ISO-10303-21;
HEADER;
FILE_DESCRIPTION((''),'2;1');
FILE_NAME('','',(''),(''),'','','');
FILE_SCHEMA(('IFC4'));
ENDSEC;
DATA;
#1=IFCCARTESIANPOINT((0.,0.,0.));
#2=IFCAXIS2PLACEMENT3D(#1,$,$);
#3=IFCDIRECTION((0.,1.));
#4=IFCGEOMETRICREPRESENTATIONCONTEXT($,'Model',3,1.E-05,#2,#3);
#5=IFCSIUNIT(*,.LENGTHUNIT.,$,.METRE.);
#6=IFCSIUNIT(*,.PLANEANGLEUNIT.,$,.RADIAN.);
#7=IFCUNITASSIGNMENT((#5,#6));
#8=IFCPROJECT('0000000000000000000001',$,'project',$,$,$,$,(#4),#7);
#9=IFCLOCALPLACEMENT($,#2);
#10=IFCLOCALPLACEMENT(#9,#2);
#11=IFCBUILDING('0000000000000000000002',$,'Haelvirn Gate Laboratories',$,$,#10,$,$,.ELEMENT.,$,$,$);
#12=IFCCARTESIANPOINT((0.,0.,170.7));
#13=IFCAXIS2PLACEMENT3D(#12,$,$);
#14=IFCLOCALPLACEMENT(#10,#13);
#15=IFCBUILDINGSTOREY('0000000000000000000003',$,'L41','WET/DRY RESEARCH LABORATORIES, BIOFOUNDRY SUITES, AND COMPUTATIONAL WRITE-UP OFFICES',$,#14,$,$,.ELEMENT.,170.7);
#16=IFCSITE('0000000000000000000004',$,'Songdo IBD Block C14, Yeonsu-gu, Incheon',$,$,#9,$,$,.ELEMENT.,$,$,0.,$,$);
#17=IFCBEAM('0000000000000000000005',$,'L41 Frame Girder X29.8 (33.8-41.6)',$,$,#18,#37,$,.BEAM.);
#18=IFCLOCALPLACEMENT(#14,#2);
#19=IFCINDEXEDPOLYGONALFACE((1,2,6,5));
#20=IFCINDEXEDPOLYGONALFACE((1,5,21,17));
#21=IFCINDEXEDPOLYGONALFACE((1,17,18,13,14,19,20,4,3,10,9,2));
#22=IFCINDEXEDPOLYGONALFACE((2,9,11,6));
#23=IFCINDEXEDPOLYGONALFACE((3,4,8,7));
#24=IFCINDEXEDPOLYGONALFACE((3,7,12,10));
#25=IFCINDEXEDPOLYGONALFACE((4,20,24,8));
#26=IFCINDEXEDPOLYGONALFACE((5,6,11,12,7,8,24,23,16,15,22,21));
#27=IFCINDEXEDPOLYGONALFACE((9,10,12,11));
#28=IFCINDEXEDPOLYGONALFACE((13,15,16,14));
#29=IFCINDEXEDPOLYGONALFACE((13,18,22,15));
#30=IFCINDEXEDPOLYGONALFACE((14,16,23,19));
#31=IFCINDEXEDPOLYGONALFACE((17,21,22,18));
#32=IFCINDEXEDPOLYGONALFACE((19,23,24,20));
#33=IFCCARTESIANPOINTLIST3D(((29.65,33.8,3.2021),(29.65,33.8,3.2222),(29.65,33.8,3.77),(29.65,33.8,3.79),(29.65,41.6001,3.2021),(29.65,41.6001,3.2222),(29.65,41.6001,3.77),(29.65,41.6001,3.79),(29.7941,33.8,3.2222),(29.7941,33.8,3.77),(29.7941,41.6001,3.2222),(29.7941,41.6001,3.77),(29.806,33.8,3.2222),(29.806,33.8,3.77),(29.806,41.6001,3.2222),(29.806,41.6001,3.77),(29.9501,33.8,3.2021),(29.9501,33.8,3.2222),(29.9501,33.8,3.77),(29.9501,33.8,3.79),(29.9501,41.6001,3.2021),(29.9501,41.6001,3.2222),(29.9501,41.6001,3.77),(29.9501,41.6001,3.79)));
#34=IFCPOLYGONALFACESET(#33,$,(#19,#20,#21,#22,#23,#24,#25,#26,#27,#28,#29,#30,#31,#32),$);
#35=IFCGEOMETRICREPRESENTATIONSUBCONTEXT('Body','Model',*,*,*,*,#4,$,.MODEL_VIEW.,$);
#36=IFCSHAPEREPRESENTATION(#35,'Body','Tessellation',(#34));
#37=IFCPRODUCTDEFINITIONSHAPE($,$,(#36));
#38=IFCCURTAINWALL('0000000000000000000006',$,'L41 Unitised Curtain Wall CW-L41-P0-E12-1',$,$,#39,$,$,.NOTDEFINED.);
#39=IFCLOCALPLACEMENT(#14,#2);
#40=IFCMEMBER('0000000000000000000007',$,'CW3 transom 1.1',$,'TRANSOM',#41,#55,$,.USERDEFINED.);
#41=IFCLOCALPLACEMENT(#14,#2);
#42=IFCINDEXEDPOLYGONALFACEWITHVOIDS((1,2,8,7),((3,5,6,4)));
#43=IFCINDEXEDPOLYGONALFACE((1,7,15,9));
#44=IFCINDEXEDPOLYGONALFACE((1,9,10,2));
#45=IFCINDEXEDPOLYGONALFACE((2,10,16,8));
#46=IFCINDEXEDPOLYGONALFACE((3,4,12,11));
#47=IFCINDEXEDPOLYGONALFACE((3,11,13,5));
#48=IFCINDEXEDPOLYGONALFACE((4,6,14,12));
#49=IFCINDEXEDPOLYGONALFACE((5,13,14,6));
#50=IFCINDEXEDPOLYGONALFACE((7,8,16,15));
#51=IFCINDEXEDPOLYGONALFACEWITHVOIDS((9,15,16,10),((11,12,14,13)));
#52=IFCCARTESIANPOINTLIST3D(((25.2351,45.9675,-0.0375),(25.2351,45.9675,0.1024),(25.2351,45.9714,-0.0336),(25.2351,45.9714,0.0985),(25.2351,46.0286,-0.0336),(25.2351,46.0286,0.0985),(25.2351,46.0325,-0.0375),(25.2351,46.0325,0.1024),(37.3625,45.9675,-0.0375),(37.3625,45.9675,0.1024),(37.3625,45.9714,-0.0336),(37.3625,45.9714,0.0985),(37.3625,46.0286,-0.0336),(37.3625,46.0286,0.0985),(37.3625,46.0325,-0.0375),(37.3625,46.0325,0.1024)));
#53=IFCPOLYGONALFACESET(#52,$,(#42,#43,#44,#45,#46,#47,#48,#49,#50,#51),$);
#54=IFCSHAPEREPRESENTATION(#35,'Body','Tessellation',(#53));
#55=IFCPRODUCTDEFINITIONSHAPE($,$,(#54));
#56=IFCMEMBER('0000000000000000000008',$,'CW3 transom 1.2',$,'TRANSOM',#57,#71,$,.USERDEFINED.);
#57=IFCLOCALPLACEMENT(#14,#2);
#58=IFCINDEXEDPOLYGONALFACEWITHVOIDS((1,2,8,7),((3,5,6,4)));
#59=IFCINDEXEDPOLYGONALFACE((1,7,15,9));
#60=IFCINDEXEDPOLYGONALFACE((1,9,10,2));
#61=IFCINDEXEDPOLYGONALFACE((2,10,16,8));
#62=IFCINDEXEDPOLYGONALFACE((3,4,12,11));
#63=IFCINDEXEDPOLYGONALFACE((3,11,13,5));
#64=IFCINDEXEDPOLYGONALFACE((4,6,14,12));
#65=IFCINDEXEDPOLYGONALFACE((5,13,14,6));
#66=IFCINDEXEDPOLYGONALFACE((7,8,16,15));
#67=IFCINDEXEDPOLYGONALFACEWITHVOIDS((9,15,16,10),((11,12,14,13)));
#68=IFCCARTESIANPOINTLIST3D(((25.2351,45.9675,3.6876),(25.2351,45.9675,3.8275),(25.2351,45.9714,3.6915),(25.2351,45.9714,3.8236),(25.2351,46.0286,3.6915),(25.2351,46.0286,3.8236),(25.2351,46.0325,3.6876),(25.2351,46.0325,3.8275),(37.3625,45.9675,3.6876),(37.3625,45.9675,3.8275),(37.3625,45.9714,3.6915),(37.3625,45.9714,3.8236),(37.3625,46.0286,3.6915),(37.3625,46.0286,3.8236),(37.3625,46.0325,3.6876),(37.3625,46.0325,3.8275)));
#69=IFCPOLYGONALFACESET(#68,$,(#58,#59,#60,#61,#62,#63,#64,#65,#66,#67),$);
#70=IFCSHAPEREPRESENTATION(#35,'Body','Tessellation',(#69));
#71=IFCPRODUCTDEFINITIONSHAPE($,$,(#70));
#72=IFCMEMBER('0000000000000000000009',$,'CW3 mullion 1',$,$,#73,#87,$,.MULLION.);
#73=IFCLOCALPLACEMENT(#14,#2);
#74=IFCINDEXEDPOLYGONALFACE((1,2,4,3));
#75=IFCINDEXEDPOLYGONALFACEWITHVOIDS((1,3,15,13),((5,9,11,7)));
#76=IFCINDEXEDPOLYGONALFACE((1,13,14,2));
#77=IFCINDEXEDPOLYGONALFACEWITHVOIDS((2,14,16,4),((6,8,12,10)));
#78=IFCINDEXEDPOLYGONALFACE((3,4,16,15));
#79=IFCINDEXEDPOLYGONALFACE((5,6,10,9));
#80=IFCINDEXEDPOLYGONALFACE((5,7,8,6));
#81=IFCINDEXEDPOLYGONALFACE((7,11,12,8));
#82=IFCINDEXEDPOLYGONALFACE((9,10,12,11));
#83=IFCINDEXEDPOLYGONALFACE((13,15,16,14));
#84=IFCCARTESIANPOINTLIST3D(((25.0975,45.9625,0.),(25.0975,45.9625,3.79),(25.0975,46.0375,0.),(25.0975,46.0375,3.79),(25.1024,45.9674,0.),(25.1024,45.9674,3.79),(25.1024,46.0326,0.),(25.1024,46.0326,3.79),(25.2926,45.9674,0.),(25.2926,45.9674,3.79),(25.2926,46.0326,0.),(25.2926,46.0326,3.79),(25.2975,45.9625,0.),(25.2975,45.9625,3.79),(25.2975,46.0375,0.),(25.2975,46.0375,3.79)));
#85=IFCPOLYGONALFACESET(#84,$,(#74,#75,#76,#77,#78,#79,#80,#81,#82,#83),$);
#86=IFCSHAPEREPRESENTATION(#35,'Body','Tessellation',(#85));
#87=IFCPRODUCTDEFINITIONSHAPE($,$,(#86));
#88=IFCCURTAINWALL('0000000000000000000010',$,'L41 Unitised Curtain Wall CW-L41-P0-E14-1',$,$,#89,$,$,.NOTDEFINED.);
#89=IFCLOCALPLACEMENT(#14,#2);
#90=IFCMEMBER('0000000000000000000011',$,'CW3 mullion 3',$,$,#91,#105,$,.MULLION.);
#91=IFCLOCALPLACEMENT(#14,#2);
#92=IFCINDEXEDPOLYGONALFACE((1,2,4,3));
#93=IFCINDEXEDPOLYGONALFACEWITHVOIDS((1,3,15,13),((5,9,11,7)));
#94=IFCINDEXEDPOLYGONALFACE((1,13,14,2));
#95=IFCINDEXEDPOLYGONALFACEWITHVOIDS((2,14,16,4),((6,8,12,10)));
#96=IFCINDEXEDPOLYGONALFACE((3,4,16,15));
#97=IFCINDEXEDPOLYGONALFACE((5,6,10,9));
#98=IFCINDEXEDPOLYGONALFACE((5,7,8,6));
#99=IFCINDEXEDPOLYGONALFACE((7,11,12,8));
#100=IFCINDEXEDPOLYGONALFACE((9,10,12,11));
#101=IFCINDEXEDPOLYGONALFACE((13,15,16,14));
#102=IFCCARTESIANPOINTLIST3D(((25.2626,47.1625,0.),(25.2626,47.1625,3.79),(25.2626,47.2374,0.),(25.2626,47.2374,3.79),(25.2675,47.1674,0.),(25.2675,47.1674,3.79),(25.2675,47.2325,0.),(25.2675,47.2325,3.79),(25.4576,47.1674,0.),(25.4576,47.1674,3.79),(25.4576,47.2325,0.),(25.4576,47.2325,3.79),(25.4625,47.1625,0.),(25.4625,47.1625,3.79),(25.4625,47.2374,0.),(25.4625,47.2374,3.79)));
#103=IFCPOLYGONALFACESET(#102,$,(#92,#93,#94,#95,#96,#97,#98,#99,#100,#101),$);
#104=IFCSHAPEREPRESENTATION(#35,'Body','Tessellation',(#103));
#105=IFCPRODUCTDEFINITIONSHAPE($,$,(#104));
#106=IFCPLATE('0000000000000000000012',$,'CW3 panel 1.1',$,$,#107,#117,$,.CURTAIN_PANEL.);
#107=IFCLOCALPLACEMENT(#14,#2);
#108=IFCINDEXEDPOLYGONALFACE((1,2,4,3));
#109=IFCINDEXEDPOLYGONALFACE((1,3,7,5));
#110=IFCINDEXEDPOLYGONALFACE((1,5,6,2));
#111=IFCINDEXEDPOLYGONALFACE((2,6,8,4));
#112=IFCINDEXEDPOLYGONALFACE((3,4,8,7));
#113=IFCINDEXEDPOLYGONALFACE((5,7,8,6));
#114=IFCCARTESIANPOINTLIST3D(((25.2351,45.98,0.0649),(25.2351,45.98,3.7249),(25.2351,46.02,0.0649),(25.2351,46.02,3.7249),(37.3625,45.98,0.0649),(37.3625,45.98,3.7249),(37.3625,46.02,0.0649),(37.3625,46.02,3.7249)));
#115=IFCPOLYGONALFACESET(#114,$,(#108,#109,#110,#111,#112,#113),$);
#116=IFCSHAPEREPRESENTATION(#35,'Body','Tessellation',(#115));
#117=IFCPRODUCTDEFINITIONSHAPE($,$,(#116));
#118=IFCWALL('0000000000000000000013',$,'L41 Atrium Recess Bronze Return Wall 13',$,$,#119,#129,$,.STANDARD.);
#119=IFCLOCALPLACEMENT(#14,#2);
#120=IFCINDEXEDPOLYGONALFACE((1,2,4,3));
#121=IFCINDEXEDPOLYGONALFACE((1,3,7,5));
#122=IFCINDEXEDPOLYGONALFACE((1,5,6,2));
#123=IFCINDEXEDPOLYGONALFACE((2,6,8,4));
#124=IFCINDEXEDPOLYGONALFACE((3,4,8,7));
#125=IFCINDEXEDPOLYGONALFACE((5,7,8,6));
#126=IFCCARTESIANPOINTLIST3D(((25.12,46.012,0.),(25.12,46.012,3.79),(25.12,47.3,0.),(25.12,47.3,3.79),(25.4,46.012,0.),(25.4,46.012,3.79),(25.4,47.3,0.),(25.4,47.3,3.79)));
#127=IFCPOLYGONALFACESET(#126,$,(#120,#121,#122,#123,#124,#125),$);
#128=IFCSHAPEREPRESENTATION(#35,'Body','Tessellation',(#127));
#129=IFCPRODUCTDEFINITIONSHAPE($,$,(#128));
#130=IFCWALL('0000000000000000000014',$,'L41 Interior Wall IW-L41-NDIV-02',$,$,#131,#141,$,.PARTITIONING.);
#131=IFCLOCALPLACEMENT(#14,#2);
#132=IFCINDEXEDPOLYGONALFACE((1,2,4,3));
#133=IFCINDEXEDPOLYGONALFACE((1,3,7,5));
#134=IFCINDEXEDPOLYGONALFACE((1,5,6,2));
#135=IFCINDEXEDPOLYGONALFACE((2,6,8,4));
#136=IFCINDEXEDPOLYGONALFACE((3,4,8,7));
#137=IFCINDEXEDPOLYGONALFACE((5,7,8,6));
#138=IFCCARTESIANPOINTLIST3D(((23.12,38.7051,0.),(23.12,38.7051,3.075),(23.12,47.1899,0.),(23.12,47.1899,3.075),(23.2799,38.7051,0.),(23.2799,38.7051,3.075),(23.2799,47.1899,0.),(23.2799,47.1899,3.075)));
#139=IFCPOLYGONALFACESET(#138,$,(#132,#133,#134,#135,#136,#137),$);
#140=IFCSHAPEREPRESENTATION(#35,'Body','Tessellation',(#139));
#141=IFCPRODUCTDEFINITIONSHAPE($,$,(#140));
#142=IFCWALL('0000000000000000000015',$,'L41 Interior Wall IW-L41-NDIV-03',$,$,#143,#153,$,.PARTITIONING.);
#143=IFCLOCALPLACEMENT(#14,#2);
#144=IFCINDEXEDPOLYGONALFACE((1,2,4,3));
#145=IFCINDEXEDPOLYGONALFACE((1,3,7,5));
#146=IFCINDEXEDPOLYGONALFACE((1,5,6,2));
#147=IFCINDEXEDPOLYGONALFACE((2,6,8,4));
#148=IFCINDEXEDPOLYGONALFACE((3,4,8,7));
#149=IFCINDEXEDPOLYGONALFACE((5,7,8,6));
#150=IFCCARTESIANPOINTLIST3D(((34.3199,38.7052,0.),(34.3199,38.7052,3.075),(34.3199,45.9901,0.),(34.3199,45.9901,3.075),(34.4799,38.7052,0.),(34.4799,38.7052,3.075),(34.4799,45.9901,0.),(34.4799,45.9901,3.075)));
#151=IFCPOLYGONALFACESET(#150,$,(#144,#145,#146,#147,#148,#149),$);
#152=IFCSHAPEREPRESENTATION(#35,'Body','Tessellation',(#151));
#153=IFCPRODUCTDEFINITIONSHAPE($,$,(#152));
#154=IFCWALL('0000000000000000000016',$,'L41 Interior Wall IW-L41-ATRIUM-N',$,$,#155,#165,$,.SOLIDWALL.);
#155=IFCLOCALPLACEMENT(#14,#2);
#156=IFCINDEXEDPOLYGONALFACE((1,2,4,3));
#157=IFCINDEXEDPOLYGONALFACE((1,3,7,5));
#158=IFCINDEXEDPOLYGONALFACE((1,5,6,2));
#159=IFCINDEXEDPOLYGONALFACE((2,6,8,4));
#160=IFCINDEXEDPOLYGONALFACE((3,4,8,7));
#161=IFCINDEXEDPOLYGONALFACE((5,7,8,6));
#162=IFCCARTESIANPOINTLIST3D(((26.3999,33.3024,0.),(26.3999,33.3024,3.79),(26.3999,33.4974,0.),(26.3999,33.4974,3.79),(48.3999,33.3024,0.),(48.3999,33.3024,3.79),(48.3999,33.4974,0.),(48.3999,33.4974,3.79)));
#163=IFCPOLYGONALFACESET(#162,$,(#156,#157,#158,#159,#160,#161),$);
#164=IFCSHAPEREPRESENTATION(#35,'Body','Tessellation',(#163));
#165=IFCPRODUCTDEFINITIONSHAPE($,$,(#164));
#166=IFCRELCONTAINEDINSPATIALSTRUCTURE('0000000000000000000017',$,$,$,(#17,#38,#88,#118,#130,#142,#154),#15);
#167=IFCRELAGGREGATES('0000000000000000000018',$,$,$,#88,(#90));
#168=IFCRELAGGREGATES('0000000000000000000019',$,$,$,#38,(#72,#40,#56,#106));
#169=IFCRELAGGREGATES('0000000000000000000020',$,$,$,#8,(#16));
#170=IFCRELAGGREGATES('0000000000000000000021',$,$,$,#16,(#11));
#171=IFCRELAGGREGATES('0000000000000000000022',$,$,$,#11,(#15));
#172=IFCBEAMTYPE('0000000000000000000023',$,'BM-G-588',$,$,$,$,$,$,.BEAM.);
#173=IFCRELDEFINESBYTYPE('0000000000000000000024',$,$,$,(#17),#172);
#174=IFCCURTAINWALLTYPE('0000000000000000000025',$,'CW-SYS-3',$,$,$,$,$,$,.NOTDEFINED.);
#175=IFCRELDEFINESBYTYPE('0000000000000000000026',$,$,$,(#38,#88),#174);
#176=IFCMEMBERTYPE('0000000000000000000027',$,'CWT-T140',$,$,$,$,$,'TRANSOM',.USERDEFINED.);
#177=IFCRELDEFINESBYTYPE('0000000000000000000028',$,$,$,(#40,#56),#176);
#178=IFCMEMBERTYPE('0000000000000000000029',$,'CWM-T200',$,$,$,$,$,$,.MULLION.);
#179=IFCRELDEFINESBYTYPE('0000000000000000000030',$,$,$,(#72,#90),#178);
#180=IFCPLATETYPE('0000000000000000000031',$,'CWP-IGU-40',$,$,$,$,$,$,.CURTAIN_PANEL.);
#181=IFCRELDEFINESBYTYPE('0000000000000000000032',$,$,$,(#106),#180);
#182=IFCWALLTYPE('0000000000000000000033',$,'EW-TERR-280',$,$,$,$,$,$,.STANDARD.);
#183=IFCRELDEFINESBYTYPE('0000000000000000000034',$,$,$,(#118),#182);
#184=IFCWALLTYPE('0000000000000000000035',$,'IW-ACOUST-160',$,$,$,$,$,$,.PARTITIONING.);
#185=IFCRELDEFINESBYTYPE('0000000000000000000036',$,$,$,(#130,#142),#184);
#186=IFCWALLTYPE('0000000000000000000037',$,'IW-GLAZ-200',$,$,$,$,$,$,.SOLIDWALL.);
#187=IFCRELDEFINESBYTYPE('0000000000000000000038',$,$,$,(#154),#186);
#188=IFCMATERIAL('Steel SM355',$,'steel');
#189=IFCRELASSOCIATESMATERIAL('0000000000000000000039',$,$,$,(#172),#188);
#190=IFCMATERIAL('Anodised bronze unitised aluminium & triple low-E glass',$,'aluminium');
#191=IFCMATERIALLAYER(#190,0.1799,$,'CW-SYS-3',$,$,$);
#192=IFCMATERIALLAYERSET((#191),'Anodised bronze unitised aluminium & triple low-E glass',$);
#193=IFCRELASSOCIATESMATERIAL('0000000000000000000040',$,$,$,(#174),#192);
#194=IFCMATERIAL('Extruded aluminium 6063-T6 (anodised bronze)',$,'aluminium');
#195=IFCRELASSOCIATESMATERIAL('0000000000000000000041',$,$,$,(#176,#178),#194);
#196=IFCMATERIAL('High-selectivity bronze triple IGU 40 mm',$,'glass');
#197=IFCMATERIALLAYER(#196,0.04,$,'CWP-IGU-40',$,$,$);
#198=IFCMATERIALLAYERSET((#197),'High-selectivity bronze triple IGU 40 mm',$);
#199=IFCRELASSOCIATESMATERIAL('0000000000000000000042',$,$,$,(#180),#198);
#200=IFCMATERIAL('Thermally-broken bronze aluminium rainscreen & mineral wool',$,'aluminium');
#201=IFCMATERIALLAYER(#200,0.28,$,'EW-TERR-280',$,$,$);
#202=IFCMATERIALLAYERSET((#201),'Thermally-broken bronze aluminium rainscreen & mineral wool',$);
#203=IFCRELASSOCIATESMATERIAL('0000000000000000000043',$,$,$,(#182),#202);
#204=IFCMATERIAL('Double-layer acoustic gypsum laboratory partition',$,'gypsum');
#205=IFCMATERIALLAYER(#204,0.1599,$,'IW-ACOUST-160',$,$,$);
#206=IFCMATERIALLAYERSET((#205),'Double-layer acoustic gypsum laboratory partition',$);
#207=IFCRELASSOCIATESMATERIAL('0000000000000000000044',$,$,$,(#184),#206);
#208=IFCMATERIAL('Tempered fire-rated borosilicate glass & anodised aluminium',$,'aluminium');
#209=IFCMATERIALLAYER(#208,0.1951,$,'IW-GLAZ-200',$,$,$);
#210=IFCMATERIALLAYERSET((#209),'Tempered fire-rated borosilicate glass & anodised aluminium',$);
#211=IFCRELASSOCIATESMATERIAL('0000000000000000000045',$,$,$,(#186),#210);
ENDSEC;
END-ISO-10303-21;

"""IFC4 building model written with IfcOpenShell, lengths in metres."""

from ifc_helpers import new_model, si_unit, direction, frame, frame_2d, origin, origin_2d, place, context, subcontext, project, spatial, rectangle, hollow_rectangle, i_section, extrude, source, transform, mapped, material, layer, layer_set, material_profile, profile_set, type_object, type_shapes, element, aggregate, save


model = new_model("IFC4")

# Units and contexts
model_context = context("Model", 3, precision=1e-05, world=origin(), true_north=direction((0.0, 1.0)))
body_context = subcontext(model_context, "Body", "Model", "MODEL_VIEW")
ifc_project = project(units=[si_unit("LENGTHUNIT", "METRE"), si_unit("PLANEANGLEUNIT", "RADIAN")], contexts=[model_context])

# Site, building, storey
site_placement = place(None, origin())
site = spatial("IfcSite", under=ifc_project, at=site_placement, Name="Songdo IBD Block C14, Yeonsu-gu, Incheon", CompositionType="ELEMENT", RefElevation=0.0)
building_placement = place(site_placement, origin())
building = spatial("IfcBuilding", under=site, at=building_placement, Name="Haelvirn Gate Laboratories", CompositionType="ELEMENT")
storey_placement = place(building_placement, frame((0.0, 0.0, 170.7)))
storey = spatial("IfcBuildingStorey", under=building, at=storey_placement, Name="L41", Description="WET/DRY RESEARCH LABORATORIES, BIOFOUNDRY SUITES, AND COMPUTATIONAL WRITE-UP OFFICES", CompositionType="ELEMENT", Elevation=170.7)

# Shared definitions
ifc_material_1 = material(Name="Steel SM355", Category="steel")

# Beam
ifc_material_profile_1 = material_profile(ifc_material_1, i_section(OverallWidth=0.3, OverallDepth=0.5879, WebThickness=0.012, FlangeThickness=0.02, at=origin_2d()), Name="H-588x300x12x20")
ifc_profile_set_1 = profile_set([ifc_material_profile_1], Name="Steel SM355")
beam_type_1 = type_object("IfcBeamType", Name="BM-G-588", PredefinedType="BEAM", material=ifc_profile_set_1)
shared_shape_1 = source(origin(), body_context, "Body", "SweptSolid", [
    extrude(i_section(OverallWidth=0.3, OverallDepth=0.5879, WebThickness=0.012, FlangeThickness=0.02, at=origin_2d()), origin(), (0.0, 0.0, 1.0), 7.8),
])
type_shapes(beam_type_1, [shared_shape_1])
beam_1_placement = place(storey_placement, frame((29.8, 33.8, 3.4961), z_axis=(0.0, 1.0, 0.0), x_axis=(-1.0, 0.0, 0.0)))
element("IfcBeam", 1, at=beam_1_placement, inside=storey, type_object=beam_type_1, Name="L41 Frame Girder X29.8 (33.8-41.6)", PredefinedType="BEAM", context=body_context, shape_type="MappedRepresentation", body=[
    mapped(shared_shape_1, transform((0.0, 0.0, 0.0), scale=1.0)),
])

# Curtain wall, members
ifc_material_2 = material(Name="Anodised bronze unitised aluminium & triple low-E glass", Category="aluminium")
ifc_layer_1 = layer(ifc_material_2, 0.1799, Name="CW-SYS-3")
ifc_layer_set_1 = layer_set([ifc_layer_1], Name="Anodised bronze unitised aluminium & triple low-E glass")
curtain_wall_type = type_object("IfcCurtainWallType", Name="CW-SYS-3", PredefinedType="NOTDEFINED", material=ifc_layer_set_1)
curtain_wall_1_placement = place(storey_placement, origin())
curtain_wall_1 = element("IfcCurtainWall", 2, at=curtain_wall_1_placement, inside=storey, type_object=curtain_wall_type, Name="L41 Unitised Curtain Wall CW-L41-P0-E12-1", PredefinedType="NOTDEFINED")
ifc_material_3 = material(Name="Extruded aluminium 6063-T6 (anodised bronze)", Category="aluminium")
ifc_material_profile_2 = material_profile(ifc_material_3, hollow_rectangle(XDim=0.0649, YDim=0.1399, WallThickness=0.0039, at=origin_2d()), Name="CWT-140x65x4")
ifc_profile_set_2 = profile_set([ifc_material_profile_2], Name="Extruded aluminium 6063-T6 (anodised bronze)")
member_type_1 = type_object("IfcMemberType", Name="CWT-T140", ElementType="TRANSOM", PredefinedType="USERDEFINED", material=ifc_profile_set_2)
shared_shape_2 = source(origin(), body_context, "Body", "SweptSolid", [
    extrude(hollow_rectangle(XDim=0.0649, YDim=0.1399, WallThickness=0.0039, at=origin_2d()), origin(), (0.0, 0.0, 1.0), 12.1274),
])
type_shapes(member_type_1, [shared_shape_2])
member_1_placement = place(storey_placement, frame((25.2351, 46.0, 0.0325), z_axis=(1.0, 0.0, 0.0), x_axis=(0.0, 1.0, 0.0)))
member_1 = element("IfcMember", 3, at=member_1_placement, type_object=member_type_1, Name="CW3 transom 1.1", ObjectType="TRANSOM", PredefinedType="USERDEFINED", context=body_context, shape_type="MappedRepresentation", body=[
    mapped(shared_shape_2, transform((0.0, 0.0, 0.0), scale=1.0)),
])
member_2_placement = place(storey_placement, frame((25.2351, 46.0, 3.7576), z_axis=(1.0, 0.0, 0.0), x_axis=(0.0, 1.0, 0.0)))
member_2 = element("IfcMember", 4, at=member_2_placement, type_object=member_type_1, Name="CW3 transom 1.2", ObjectType="TRANSOM", PredefinedType="USERDEFINED", context=body_context, shape_type="MappedRepresentation", body=[
    mapped(shared_shape_2, transform((0.0, 0.0, 0.0), scale=1.0)),
])
ifc_material_profile_3 = material_profile(ifc_material_3, hollow_rectangle(XDim=0.075, YDim=0.2, WallThickness=0.0049, at=origin_2d()), Name="CWM-200x75x5")
ifc_profile_set_3 = profile_set([ifc_material_profile_3], Name="Extruded aluminium 6063-T6 (anodised bronze)")
member_type_2 = type_object("IfcMemberType", Name="CWM-T200", PredefinedType="MULLION", material=ifc_profile_set_3)
shared_shape_3 = source(origin(), body_context, "Body", "SweptSolid", [
    extrude(hollow_rectangle(XDim=0.075, YDim=0.2, WallThickness=0.0049, at=origin_2d()), origin(), (0.0, 0.0, 1.0), 3.79),
])
type_shapes(member_type_2, [shared_shape_3])
member_3_placement = place(storey_placement, frame((25.1975, 46.0, 0.0), z_axis=(0.0, 0.0, 1.0), x_axis=(0.0, 1.0, 0.0)))
member_3 = element("IfcMember", 5, at=member_3_placement, type_object=member_type_2, Name="CW3 mullion 1", PredefinedType="MULLION", context=body_context, shape_type="MappedRepresentation", body=[
    mapped(shared_shape_3, transform((0.0, 0.0, 0.0), scale=1.0)),
])

# Curtain wall, member
curtain_wall_2_placement = place(storey_placement, origin())
curtain_wall_2 = element("IfcCurtainWall", 6, at=curtain_wall_2_placement, inside=storey, type_object=curtain_wall_type, Name="L41 Unitised Curtain Wall CW-L41-P0-E14-1", PredefinedType="NOTDEFINED")
member_4_placement = place(storey_placement, frame((25.3625, 47.2, 0.0), z_axis=(0.0, 0.0, 1.0), x_axis=(0.0, 1.0, 0.0)))
member_4 = element("IfcMember", 7, at=member_4_placement, type_object=member_type_2, Name="CW3 mullion 3", PredefinedType="MULLION", context=body_context, shape_type="MappedRepresentation", body=[
    mapped(shared_shape_3, transform((0.0, 0.0, 0.0), scale=1.0)),
])
aggregate(curtain_wall_2, [member_4])

# Plate
ifc_material_4 = material(Name="High-selectivity bronze triple IGU 40 mm", Category="glass")
ifc_layer_2 = layer(ifc_material_4, 0.04, Name="CWP-IGU-40")
ifc_layer_set_2 = layer_set([ifc_layer_2], Name="High-selectivity bronze triple IGU 40 mm")
plate_type = type_object("IfcPlateType", Name="CWP-IGU-40", PredefinedType="CURTAIN_PANEL", material=ifc_layer_set_2)
shared_shape_4 = source(origin(), body_context, "Body", "SweptSolid", [
    extrude(rectangle(XDim=12.1274, YDim=0.04, at=origin_2d()), origin(), (0.0, 0.0, 1.0), 3.6599),
])
type_shapes(plate_type, [shared_shape_4])
plate_placement = place(storey_placement, frame((31.2988, 46.0, 0.0649), z_axis=(0.0, 0.0, 1.0), x_axis=(1.0, 0.0, 0.0)))
plate = element("IfcPlate", 8, at=plate_placement, type_object=plate_type, Name="CW3 panel 1.1", PredefinedType="CURTAIN_PANEL", context=body_context, shape_type="MappedRepresentation", body=[
    mapped(shared_shape_4, transform((0.0, 0.0, 0.0), scale=1.0)),
])
aggregate(curtain_wall_1, [member_3, member_1, member_2, plate])

# Walls
ifc_material_5 = material(Name="Thermally-broken bronze aluminium rainscreen & mineral wool", Category="aluminium")
ifc_layer_3 = layer(ifc_material_5, 0.28, Name="EW-TERR-280")
ifc_layer_set_3 = layer_set([ifc_layer_3], Name="Thermally-broken bronze aluminium rainscreen & mineral wool")
wall_type_1 = type_object("IfcWallType", Name="EW-TERR-280", PredefinedType="STANDARD", material=ifc_layer_set_3)
wall_1_placement = place(storey_placement, frame((25.26, 46.012, 0.0), z_axis=(0.0, 0.0, 1.0), x_axis=(0.0, 1.0, 0.0)))
element("IfcWall", 9, at=wall_1_placement, inside=storey, type_object=wall_type_1, Name="L41 Atrium Recess Bronze Return Wall 13", PredefinedType="STANDARD", context=body_context, shape_type="SweptSolid", body=[
    extrude(rectangle(XDim=1.2881, YDim=0.28, at=frame_2d((0.644, 0.0))), origin(), (0.0, 0.0, 1.0), 3.79),
])
ifc_material_6 = material(Name="Double-layer acoustic gypsum laboratory partition", Category="gypsum")
ifc_layer_4 = layer(ifc_material_6, 0.1599, Name="IW-ACOUST-160")
ifc_layer_set_4 = layer_set([ifc_layer_4], Name="Double-layer acoustic gypsum laboratory partition")
wall_type_2 = type_object("IfcWallType", Name="IW-ACOUST-160", PredefinedType="PARTITIONING", material=ifc_layer_set_4)
wall_2_placement = place(storey_placement, frame((23.2, 38.7051, 0.0), z_axis=(0.0, 0.0, 1.0), x_axis=(0.0, 1.0, 0.0)))
element("IfcWall", 10, at=wall_2_placement, inside=storey, type_object=wall_type_2, Name="L41 Interior Wall IW-L41-NDIV-02", PredefinedType="PARTITIONING", context=body_context, shape_type="SweptSolid", body=[
    extrude(rectangle(XDim=8.4849, YDim=0.1599, at=frame_2d((4.2424, 0.0))), origin(), (0.0, 0.0, 1.0), 3.075),
])
wall_3_placement = place(storey_placement, frame((34.3999, 38.7051, 0.0), z_axis=(0.0, 0.0, 1.0), x_axis=(0.0, 1.0, 0.0)))
element("IfcWall", 11, at=wall_3_placement, inside=storey, type_object=wall_type_2, Name="L41 Interior Wall IW-L41-NDIV-03", PredefinedType="PARTITIONING", context=body_context, shape_type="SweptSolid", body=[
    extrude(rectangle(XDim=7.2849, YDim=0.1599, at=frame_2d((3.6426, 0.0))), origin(), (0.0, 0.0, 1.0), 3.075),
])
ifc_material_7 = material(Name="Tempered fire-rated borosilicate glass & anodised aluminium", Category="aluminium")
ifc_layer_5 = layer(ifc_material_7, 0.1951, Name="IW-GLAZ-200")
ifc_layer_set_5 = layer_set([ifc_layer_5], Name="Tempered fire-rated borosilicate glass & anodised aluminium")
wall_type_3 = type_object("IfcWallType", Name="IW-GLAZ-200", PredefinedType="SOLIDWALL", material=ifc_layer_set_5)
wall_4_placement = place(storey_placement, frame((26.3999, 33.3999, 0.0), z_axis=(0.0, 0.0, 1.0), x_axis=(1.0, 0.0, 0.0)))
element("IfcWall", 12, at=wall_4_placement, inside=storey, type_object=wall_type_3, Name="L41 Interior Wall IW-L41-ATRIUM-N", PredefinedType="SOLIDWALL", context=body_context, shape_type="SweptSolid", body=[
    extrude(rectangle(XDim=22.0, YDim=0.1951, at=frame_2d((11.0, 0.0))), origin(), (0.0, 0.0, 1.0), 3.79),
])

save(model, "model.ifc")
